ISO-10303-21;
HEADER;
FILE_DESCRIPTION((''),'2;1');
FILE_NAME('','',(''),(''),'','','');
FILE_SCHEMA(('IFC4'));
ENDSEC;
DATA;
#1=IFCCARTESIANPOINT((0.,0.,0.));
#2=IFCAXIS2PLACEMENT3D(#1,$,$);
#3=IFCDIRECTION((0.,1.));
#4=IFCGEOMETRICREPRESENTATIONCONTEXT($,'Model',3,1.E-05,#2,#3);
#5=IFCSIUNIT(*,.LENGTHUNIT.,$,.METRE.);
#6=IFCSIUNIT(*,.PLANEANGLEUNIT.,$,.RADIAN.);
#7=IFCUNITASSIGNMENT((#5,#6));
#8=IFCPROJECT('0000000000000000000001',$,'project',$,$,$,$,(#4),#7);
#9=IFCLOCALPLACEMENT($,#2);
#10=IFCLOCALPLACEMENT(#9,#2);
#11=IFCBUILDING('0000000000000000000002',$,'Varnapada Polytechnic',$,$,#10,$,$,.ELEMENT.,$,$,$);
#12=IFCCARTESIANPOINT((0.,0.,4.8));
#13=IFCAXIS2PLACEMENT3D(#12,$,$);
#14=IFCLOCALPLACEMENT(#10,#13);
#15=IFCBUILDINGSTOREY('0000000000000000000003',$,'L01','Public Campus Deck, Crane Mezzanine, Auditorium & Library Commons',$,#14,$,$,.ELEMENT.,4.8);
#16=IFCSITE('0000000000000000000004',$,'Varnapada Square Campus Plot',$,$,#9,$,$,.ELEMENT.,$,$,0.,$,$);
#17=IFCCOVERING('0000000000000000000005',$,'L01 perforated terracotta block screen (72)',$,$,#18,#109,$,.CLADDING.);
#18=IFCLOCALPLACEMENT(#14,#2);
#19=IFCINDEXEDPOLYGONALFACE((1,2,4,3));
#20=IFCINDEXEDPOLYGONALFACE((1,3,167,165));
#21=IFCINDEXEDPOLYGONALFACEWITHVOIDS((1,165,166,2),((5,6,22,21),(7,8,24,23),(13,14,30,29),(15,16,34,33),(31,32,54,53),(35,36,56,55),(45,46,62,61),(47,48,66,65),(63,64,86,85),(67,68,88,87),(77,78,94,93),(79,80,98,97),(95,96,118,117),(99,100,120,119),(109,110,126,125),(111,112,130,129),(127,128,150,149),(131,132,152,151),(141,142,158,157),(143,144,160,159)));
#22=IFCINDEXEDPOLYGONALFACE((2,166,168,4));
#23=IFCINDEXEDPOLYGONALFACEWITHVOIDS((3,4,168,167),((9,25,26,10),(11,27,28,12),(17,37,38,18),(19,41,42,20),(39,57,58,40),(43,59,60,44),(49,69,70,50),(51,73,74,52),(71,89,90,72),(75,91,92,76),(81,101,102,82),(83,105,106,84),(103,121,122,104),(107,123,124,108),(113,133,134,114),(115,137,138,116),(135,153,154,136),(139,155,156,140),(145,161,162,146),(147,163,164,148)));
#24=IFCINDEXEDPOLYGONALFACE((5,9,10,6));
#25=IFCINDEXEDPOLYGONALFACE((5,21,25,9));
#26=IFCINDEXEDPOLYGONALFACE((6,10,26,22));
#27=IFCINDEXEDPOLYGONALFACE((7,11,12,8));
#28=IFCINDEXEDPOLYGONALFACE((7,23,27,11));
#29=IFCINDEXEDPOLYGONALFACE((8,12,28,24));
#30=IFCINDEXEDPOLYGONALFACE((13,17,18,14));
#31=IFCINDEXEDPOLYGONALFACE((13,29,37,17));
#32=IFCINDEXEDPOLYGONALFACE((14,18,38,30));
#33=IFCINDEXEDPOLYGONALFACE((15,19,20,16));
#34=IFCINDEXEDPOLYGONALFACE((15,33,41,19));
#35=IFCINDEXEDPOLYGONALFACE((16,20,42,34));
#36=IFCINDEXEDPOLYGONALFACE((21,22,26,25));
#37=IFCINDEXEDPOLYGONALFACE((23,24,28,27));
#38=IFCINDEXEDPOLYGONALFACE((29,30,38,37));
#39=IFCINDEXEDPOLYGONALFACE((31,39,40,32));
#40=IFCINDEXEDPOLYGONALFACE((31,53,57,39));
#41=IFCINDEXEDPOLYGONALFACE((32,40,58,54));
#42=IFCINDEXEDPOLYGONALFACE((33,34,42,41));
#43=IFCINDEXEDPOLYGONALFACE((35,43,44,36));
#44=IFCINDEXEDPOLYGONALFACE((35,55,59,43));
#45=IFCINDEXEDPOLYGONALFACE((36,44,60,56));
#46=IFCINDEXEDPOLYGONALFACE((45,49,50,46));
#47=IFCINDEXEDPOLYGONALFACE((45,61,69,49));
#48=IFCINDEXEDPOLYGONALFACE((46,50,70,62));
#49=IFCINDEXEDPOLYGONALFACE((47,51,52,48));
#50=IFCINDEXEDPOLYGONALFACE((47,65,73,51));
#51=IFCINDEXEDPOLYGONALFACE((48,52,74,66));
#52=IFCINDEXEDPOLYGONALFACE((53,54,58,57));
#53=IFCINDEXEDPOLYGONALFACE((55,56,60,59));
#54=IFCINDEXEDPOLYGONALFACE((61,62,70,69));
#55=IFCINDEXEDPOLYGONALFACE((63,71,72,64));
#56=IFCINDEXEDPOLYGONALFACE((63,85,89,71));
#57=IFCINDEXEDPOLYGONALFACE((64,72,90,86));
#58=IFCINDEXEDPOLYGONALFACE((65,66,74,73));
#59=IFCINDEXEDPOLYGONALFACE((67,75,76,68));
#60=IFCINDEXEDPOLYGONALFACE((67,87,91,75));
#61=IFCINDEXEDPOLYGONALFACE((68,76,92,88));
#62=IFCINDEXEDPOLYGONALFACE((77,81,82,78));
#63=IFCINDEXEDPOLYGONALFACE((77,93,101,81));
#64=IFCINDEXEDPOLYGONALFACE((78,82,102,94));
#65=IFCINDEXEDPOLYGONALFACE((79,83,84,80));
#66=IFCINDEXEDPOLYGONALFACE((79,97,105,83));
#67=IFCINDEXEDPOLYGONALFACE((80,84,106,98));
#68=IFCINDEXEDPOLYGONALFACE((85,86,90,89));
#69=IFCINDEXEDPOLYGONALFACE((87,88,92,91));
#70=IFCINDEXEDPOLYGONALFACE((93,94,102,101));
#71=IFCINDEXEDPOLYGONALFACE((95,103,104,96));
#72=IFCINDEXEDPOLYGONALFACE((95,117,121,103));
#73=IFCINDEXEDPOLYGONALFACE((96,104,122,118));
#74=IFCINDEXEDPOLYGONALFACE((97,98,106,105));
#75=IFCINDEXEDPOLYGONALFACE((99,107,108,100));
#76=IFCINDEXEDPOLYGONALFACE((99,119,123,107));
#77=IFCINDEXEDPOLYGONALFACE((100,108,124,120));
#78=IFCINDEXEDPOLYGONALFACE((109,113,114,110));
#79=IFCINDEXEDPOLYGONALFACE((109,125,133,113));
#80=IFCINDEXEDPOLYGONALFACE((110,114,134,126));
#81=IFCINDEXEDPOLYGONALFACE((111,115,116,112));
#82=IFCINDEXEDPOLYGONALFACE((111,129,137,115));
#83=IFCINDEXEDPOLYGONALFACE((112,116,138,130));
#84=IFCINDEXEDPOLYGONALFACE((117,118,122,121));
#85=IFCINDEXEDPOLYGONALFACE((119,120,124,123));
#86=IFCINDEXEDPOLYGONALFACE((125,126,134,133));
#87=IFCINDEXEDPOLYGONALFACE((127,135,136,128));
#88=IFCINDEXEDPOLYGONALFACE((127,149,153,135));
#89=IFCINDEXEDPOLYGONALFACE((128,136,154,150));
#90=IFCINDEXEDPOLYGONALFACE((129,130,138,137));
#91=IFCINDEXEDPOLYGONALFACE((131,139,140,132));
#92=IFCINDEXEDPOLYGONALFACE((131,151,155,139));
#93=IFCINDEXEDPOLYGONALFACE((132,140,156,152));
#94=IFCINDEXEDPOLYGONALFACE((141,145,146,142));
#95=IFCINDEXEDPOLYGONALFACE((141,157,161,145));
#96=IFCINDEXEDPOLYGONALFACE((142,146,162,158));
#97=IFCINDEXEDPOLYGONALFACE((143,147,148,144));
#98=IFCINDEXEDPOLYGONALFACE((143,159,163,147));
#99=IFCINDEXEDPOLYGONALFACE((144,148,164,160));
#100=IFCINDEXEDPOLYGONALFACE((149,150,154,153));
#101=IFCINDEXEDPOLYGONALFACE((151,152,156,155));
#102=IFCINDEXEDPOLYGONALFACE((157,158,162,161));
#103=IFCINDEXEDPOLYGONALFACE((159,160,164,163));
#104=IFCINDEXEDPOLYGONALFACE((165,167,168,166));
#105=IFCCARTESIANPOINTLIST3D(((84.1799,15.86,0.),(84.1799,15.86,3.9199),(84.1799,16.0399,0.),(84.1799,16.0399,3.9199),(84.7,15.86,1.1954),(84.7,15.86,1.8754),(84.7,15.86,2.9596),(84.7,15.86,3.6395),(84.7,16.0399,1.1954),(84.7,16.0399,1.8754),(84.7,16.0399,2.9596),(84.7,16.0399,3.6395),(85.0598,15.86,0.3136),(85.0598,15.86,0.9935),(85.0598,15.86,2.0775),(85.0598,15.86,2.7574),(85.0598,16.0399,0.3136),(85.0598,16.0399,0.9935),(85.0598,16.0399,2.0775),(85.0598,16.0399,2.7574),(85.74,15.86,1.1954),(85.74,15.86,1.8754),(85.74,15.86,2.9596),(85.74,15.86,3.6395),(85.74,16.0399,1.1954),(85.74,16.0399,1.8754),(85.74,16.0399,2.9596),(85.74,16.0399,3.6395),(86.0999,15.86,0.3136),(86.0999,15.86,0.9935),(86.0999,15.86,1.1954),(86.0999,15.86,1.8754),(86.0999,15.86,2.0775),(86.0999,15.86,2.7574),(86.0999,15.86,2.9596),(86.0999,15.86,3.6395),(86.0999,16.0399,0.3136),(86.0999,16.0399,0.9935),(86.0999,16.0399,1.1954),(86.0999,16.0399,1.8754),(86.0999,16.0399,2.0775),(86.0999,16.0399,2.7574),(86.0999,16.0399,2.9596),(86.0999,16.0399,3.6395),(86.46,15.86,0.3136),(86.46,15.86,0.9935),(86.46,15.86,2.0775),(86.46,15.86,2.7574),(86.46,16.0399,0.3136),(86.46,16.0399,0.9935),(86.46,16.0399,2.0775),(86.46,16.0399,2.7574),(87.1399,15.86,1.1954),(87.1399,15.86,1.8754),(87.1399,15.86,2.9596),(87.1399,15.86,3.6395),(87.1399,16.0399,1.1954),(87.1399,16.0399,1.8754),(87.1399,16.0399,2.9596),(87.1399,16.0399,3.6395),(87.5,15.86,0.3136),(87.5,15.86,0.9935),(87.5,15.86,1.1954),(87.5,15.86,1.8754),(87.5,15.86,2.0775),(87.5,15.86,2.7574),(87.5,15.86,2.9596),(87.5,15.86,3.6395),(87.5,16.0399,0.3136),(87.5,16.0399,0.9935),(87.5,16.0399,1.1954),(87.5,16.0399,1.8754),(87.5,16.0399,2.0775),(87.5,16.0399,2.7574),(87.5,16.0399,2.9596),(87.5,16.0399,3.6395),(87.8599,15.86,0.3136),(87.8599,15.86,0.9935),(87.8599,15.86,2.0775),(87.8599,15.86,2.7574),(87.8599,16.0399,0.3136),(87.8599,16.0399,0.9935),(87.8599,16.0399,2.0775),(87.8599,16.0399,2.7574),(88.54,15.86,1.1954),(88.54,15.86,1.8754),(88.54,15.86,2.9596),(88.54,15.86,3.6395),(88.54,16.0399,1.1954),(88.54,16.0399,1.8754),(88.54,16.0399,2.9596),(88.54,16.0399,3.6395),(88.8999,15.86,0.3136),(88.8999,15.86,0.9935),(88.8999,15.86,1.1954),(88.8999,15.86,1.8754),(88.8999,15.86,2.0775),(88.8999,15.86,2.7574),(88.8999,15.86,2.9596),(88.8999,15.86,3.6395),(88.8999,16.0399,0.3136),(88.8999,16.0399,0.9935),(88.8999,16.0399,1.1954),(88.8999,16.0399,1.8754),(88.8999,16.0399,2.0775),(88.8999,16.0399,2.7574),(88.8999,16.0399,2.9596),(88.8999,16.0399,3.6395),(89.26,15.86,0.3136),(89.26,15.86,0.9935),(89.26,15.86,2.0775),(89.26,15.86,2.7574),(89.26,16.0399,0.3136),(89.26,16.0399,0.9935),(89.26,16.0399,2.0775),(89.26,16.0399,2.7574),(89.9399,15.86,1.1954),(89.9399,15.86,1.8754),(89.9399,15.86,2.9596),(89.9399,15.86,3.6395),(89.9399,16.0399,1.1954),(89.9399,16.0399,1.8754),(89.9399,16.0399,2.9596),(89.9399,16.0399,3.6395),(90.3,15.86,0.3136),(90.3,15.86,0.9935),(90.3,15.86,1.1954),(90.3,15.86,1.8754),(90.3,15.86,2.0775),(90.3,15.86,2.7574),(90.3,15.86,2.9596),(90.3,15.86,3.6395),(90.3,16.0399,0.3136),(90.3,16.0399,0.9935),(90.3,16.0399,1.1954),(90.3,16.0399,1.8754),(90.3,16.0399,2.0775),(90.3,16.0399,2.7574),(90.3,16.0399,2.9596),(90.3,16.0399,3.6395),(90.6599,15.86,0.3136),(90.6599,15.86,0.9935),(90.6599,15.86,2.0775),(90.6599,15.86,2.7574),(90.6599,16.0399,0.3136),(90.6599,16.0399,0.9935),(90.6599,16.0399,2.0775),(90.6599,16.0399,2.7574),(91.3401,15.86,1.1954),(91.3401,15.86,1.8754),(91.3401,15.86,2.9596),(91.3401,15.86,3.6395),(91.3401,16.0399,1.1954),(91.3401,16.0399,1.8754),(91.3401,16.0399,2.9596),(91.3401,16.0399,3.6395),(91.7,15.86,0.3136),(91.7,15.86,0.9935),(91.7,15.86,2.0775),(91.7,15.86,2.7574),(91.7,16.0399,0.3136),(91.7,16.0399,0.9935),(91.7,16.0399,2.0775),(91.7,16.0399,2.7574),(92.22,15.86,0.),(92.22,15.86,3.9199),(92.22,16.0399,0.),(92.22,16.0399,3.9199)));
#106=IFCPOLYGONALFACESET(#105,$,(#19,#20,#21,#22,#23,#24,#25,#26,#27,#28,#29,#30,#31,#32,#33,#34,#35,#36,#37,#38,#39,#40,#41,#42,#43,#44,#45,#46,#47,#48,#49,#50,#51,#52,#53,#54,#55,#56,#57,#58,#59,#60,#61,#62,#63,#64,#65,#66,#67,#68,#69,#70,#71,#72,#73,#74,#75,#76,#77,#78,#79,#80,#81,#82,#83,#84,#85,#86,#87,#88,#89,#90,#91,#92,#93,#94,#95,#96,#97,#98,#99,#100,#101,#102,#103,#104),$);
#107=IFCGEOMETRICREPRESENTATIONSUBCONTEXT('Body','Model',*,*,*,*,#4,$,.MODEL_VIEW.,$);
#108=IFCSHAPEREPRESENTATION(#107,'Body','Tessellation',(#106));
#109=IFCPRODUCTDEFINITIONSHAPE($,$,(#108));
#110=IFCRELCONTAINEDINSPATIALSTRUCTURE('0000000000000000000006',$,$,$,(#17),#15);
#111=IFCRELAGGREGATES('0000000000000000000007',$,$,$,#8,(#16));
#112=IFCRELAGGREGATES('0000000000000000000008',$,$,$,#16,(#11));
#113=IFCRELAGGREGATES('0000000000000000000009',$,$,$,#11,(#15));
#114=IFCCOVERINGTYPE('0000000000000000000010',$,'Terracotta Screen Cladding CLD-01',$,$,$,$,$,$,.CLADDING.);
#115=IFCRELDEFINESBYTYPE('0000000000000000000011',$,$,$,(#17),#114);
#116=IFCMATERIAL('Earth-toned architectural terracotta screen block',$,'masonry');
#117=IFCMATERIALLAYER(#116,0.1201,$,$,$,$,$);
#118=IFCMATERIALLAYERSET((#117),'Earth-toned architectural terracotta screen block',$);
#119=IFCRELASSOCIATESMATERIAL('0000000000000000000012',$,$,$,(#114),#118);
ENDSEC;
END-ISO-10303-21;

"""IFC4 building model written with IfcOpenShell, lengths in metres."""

from ifc_helpers import new_model, si_unit, direction, frame, frame_2d, origin, place, context, subcontext, project, spatial, rectangle, extrude, material, layer, layer_set, type_object, element, save


model = new_model("IFC4")

# Units and contexts
model_context = context("Model", 3, precision=1e-05, world=origin(), true_north=direction((0.0, 1.0)))
body_context = subcontext(model_context, "Body", "Model", "MODEL_VIEW")
ifc_project = project(units=[si_unit("LENGTHUNIT", "METRE"), si_unit("PLANEANGLEUNIT", "RADIAN")], contexts=[model_context])

# Site, building, storey
site_placement = place(None, origin())
site = spatial("IfcSite", under=ifc_project, at=site_placement, Name="Varnapada Square Campus Plot", CompositionType="ELEMENT", RefElevation=0.0)
building_placement = place(site_placement, origin())
building = spatial("IfcBuilding", under=site, at=building_placement, Name="Varnapada Polytechnic", CompositionType="ELEMENT")
storey_placement = place(building_placement, frame((0.0, 0.0, 4.8)))
storey = spatial("IfcBuildingStorey", under=building, at=storey_placement, Name="L01", Description="Public Campus Deck, Crane Mezzanine, Auditorium & Library Commons", CompositionType="ELEMENT", Elevation=4.8)

# Covering, openings
ifc_material_1 = material(Name="Earth-toned architectural terracotta screen block", Category="masonry")
ifc_layer_1 = layer(ifc_material_1, 0.1201)
ifc_layer_set_1 = layer_set([ifc_layer_1], Name="Earth-toned architectural terracotta screen block")
covering_type = type_object("IfcCoveringType", Name="Terracotta Screen Cladding CLD-01", PredefinedType="CLADDING", material=ifc_layer_set_1)
covering_placement = place(storey_placement, frame((92.22, 15.95, 0.0), z_axis=(0.0, 0.0, 1.0), x_axis=(-1.0, 0.0, 0.0)))
covering = element("IfcCovering", 1, at=covering_placement, inside=storey, type_object=covering_type, Name="L01 perforated terracotta block screen (72)", PredefinedType="CLADDING", context=body_context, shape_type="SweptSolid", body=[
    extrude(rectangle(XDim=8.04, YDim=0.1799, at=frame_2d((4.02, 0.0))), origin(), (0.0, 0.0, 1.0), 3.9199),
])
opening_1_placement = place(covering_placement, frame((0.52, 0.0, 0.3137)))
element("IfcOpeningElement", 2, at=opening_1_placement, cuts=covering, PredefinedType="OPENING", context=body_context, shape_type="SweptSolid", body=[
    extrude(rectangle(XDim=1.04, YDim=0.6799, at=frame_2d((0.52, 0.3398))), frame((0.0, 0.0999, 0.0), z_axis=(0.0, -1.0, 0.0), x_axis=(1.0, 0.0, 0.0)), (0.0, 0.0, 1.0), 0.2),
])
opening_2_placement = place(covering_placement, frame((1.9199, 0.0, 0.3137)))
element("IfcOpeningElement", 3, at=opening_2_placement, cuts=covering, PredefinedType="OPENING", context=body_context, shape_type="SweptSolid", body=[
    extrude(rectangle(XDim=1.04, YDim=0.6799, at=frame_2d((0.52, 0.3398))), frame((0.0, 0.0999, 0.0), z_axis=(0.0, -1.0, 0.0), x_axis=(1.0, 0.0, 0.0)), (0.0, 0.0, 1.0), 0.2),
])
opening_3_placement = place(covering_placement, frame((3.3201, 0.0, 0.3137)))
element("IfcOpeningElement", 4, at=opening_3_placement, cuts=covering, PredefinedType="OPENING", context=body_context, shape_type="SweptSolid", body=[
    extrude(rectangle(XDim=1.04, YDim=0.6799, at=frame_2d((0.52, 0.3398))), frame((0.0, 0.0999, 0.0), z_axis=(0.0, -1.0, 0.0), x_axis=(1.0, 0.0, 0.0)), (0.0, 0.0, 1.0), 0.2),
])
opening_4_placement = place(covering_placement, frame((4.72, 0.0, 0.3137)))
element("IfcOpeningElement", 5, at=opening_4_placement, cuts=covering, PredefinedType="OPENING", context=body_context, shape_type="SweptSolid", body=[
    extrude(rectangle(XDim=1.04, YDim=0.6799, at=frame_2d((0.52, 0.3398))), frame((0.0, 0.0999, 0.0), z_axis=(0.0, -1.0, 0.0), x_axis=(1.0, 0.0, 0.0)), (0.0, 0.0, 1.0), 0.2),
])
opening_5_placement = place(covering_placement, frame((6.1201, 0.0, 0.3137)))
element("IfcOpeningElement", 6, at=opening_5_placement, cuts=covering, PredefinedType="OPENING", context=body_context, shape_type="SweptSolid", body=[
    extrude(rectangle(XDim=1.04, YDim=0.6799, at=frame_2d((0.52, 0.3398))), frame((0.0, 0.0999, 0.0), z_axis=(0.0, -1.0, 0.0), x_axis=(1.0, 0.0, 0.0)), (0.0, 0.0, 1.0), 0.2),
])
opening_6_placement = place(covering_placement, frame((0.8799, 0.0, 1.1956)))
element("IfcOpeningElement", 7, at=opening_6_placement, cuts=covering, PredefinedType="OPENING", context=body_context, shape_type="SweptSolid", body=[
    extrude(rectangle(XDim=1.04, YDim=0.6799, at=frame_2d((0.52, 0.3398))), frame((0.0, 0.0999, 0.0), z_axis=(0.0, -1.0, 0.0), x_axis=(1.0, 0.0, 0.0)), (0.0, 0.0, 1.0), 0.2),
])
opening_7_placement = place(covering_placement, frame((2.28, 0.0, 1.1956)))
element("IfcOpeningElement", 8, at=opening_7_placement, cuts=covering, PredefinedType="OPENING", context=body_context, shape_type="SweptSolid", body=[
    extrude(rectangle(XDim=1.04, YDim=0.6799, at=frame_2d((0.52, 0.3398))), frame((0.0, 0.0999, 0.0), z_axis=(0.0, -1.0, 0.0), x_axis=(1.0, 0.0, 0.0)), (0.0, 0.0, 1.0), 0.2),
])
opening_8_placement = place(covering_placement, frame((3.6799, 0.0, 1.1956)))
element("IfcOpeningElement", 9, at=opening_8_placement, cuts=covering, PredefinedType="OPENING", context=body_context, shape_type="SweptSolid", body=[
    extrude(rectangle(XDim=1.04, YDim=0.6799, at=frame_2d((0.52, 0.3398))), frame((0.0, 0.0999, 0.0), z_axis=(0.0, -1.0, 0.0), x_axis=(1.0, 0.0, 0.0)), (0.0, 0.0, 1.0), 0.2),
])
opening_9_placement = place(covering_placement, frame((5.0801, 0.0, 1.1956)))
element("IfcOpeningElement", 10, at=opening_9_placement, cuts=covering, PredefinedType="OPENING", context=body_context, shape_type="SweptSolid", body=[
    extrude(rectangle(XDim=1.04, YDim=0.6799, at=frame_2d((0.52, 0.3398))), frame((0.0, 0.0999, 0.0), z_axis=(0.0, -1.0, 0.0), x_axis=(1.0, 0.0, 0.0)), (0.0, 0.0, 1.0), 0.2),
])
opening_10_placement = place(covering_placement, frame((6.48, 0.0, 1.1956)))
element("IfcOpeningElement", 11, at=opening_10_placement, cuts=covering, PredefinedType="OPENING", context=body_context, shape_type="SweptSolid", body=[
    extrude(rectangle(XDim=1.04, YDim=0.6799, at=frame_2d((0.52, 0.3398))), frame((0.0, 0.0999, 0.0), z_axis=(0.0, -1.0, 0.0), x_axis=(1.0, 0.0, 0.0)), (0.0, 0.0, 1.0), 0.2),
])
opening_11_placement = place(covering_placement, frame((0.52, 0.0, 2.0776)))
element("IfcOpeningElement", 12, at=opening_11_placement, cuts=covering, PredefinedType="OPENING", context=body_context, shape_type="SweptSolid", body=[
    extrude(rectangle(XDim=1.04, YDim=0.6799, at=frame_2d((0.52, 0.3398))), frame((0.0, 0.0999, 0.0), z_axis=(0.0, -1.0, 0.0), x_axis=(1.0, 0.0, 0.0)), (0.0, 0.0, 1.0), 0.2),
])
opening_12_placement = place(covering_placement, frame((1.9199, 0.0, 2.0776)))
element("IfcOpeningElement", 13, at=opening_12_placement, cuts=covering, PredefinedType="OPENING", context=body_context, shape_type="SweptSolid", body=[
    extrude(rectangle(XDim=1.04, YDim=0.6799, at=frame_2d((0.52, 0.3398))), frame((0.0, 0.0999, 0.0), z_axis=(0.0, -1.0, 0.0), x_axis=(1.0, 0.0, 0.0)), (0.0, 0.0, 1.0), 0.2),
])
opening_13_placement = place(covering_placement, frame((3.3201, 0.0, 2.0776)))
element("IfcOpeningElement", 14, at=opening_13_placement, cuts=covering, PredefinedType="OPENING", context=body_context, shape_type="SweptSolid", body=[
    extrude(rectangle(XDim=1.04, YDim=0.6799, at=frame_2d((0.52, 0.3398))), frame((0.0, 0.0999, 0.0), z_axis=(0.0, -1.0, 0.0), x_axis=(1.0, 0.0, 0.0)), (0.0, 0.0, 1.0), 0.2),
])
opening_14_placement = place(covering_placement, frame((4.72, 0.0, 2.0776)))
element("IfcOpeningElement", 15, at=opening_14_placement, cuts=covering, PredefinedType="OPENING", context=body_context, shape_type="SweptSolid", body=[
    extrude(rectangle(XDim=1.04, YDim=0.6799, at=frame_2d((0.52, 0.3398))), frame((0.0, 0.0999, 0.0), z_axis=(0.0, -1.0, 0.0), x_axis=(1.0, 0.0, 0.0)), (0.0, 0.0, 1.0), 0.2),
])
opening_15_placement = place(covering_placement, frame((6.1201, 0.0, 2.0776)))
element("IfcOpeningElement", 16, at=opening_15_placement, cuts=covering, PredefinedType="OPENING", context=body_context, shape_type="SweptSolid", body=[
    extrude(rectangle(XDim=1.04, YDim=0.6799, at=frame_2d((0.52, 0.3398))), frame((0.0, 0.0999, 0.0), z_axis=(0.0, -1.0, 0.0), x_axis=(1.0, 0.0, 0.0)), (0.0, 0.0, 1.0), 0.2),
])
opening_16_placement = place(covering_placement, frame((0.8799, 0.0, 2.9597)))
element("IfcOpeningElement", 17, at=opening_16_placement, cuts=covering, PredefinedType="OPENING", context=body_context, shape_type="SweptSolid", body=[
    extrude(rectangle(XDim=1.04, YDim=0.6799, at=frame_2d((0.52, 0.3398))), frame((0.0, 0.0999, 0.0), z_axis=(0.0, -1.0, 0.0), x_axis=(1.0, 0.0, 0.0)), (0.0, 0.0, 1.0), 0.2),
])
opening_17_placement = place(covering_placement, frame((2.28, 0.0, 2.9597)))
element("IfcOpeningElement", 18, at=opening_17_placement, cuts=covering, PredefinedType="OPENING", context=body_context, shape_type="SweptSolid", body=[
    extrude(rectangle(XDim=1.04, YDim=0.6799, at=frame_2d((0.52, 0.3398))), frame((0.0, 0.0999, 0.0), z_axis=(0.0, -1.0, 0.0), x_axis=(1.0, 0.0, 0.0)), (0.0, 0.0, 1.0), 0.2),
])
opening_18_placement = place(covering_placement, frame((3.6799, 0.0, 2.9597)))
element("IfcOpeningElement", 19, at=opening_18_placement, cuts=covering, PredefinedType="OPENING", context=body_context, shape_type="SweptSolid", body=[
    extrude(rectangle(XDim=1.04, YDim=0.6799, at=frame_2d((0.52, 0.3398))), frame((0.0, 0.0999, 0.0), z_axis=(0.0, -1.0, 0.0), x_axis=(1.0, 0.0, 0.0)), (0.0, 0.0, 1.0), 0.2),
])
opening_19_placement = place(covering_placement, frame((5.0801, 0.0, 2.9597)))
element("IfcOpeningElement", 20, at=opening_19_placement, cuts=covering, PredefinedType="OPENING", context=body_context, shape_type="SweptSolid", body=[
    extrude(rectangle(XDim=1.04, YDim=0.6799, at=frame_2d((0.52, 0.3398))), frame((0.0, 0.0999, 0.0), z_axis=(0.0, -1.0, 0.0), x_axis=(1.0, 0.0, 0.0)), (0.0, 0.0, 1.0), 0.2),
])
opening_20_placement = place(covering_placement, frame((6.48, 0.0, 2.9597)))
element("IfcOpeningElement", 21, at=opening_20_placement, cuts=covering, PredefinedType="OPENING", context=body_context, shape_type="SweptSolid", body=[
    extrude(rectangle(XDim=1.04, YDim=0.6799, at=frame_2d((0.52, 0.3398))), frame((0.0, 0.0999, 0.0), z_axis=(0.0, -1.0, 0.0), x_axis=(1.0, 0.0, 0.0)), (0.0, 0.0, 1.0), 0.2),
])

save(model, "model.ifc")
